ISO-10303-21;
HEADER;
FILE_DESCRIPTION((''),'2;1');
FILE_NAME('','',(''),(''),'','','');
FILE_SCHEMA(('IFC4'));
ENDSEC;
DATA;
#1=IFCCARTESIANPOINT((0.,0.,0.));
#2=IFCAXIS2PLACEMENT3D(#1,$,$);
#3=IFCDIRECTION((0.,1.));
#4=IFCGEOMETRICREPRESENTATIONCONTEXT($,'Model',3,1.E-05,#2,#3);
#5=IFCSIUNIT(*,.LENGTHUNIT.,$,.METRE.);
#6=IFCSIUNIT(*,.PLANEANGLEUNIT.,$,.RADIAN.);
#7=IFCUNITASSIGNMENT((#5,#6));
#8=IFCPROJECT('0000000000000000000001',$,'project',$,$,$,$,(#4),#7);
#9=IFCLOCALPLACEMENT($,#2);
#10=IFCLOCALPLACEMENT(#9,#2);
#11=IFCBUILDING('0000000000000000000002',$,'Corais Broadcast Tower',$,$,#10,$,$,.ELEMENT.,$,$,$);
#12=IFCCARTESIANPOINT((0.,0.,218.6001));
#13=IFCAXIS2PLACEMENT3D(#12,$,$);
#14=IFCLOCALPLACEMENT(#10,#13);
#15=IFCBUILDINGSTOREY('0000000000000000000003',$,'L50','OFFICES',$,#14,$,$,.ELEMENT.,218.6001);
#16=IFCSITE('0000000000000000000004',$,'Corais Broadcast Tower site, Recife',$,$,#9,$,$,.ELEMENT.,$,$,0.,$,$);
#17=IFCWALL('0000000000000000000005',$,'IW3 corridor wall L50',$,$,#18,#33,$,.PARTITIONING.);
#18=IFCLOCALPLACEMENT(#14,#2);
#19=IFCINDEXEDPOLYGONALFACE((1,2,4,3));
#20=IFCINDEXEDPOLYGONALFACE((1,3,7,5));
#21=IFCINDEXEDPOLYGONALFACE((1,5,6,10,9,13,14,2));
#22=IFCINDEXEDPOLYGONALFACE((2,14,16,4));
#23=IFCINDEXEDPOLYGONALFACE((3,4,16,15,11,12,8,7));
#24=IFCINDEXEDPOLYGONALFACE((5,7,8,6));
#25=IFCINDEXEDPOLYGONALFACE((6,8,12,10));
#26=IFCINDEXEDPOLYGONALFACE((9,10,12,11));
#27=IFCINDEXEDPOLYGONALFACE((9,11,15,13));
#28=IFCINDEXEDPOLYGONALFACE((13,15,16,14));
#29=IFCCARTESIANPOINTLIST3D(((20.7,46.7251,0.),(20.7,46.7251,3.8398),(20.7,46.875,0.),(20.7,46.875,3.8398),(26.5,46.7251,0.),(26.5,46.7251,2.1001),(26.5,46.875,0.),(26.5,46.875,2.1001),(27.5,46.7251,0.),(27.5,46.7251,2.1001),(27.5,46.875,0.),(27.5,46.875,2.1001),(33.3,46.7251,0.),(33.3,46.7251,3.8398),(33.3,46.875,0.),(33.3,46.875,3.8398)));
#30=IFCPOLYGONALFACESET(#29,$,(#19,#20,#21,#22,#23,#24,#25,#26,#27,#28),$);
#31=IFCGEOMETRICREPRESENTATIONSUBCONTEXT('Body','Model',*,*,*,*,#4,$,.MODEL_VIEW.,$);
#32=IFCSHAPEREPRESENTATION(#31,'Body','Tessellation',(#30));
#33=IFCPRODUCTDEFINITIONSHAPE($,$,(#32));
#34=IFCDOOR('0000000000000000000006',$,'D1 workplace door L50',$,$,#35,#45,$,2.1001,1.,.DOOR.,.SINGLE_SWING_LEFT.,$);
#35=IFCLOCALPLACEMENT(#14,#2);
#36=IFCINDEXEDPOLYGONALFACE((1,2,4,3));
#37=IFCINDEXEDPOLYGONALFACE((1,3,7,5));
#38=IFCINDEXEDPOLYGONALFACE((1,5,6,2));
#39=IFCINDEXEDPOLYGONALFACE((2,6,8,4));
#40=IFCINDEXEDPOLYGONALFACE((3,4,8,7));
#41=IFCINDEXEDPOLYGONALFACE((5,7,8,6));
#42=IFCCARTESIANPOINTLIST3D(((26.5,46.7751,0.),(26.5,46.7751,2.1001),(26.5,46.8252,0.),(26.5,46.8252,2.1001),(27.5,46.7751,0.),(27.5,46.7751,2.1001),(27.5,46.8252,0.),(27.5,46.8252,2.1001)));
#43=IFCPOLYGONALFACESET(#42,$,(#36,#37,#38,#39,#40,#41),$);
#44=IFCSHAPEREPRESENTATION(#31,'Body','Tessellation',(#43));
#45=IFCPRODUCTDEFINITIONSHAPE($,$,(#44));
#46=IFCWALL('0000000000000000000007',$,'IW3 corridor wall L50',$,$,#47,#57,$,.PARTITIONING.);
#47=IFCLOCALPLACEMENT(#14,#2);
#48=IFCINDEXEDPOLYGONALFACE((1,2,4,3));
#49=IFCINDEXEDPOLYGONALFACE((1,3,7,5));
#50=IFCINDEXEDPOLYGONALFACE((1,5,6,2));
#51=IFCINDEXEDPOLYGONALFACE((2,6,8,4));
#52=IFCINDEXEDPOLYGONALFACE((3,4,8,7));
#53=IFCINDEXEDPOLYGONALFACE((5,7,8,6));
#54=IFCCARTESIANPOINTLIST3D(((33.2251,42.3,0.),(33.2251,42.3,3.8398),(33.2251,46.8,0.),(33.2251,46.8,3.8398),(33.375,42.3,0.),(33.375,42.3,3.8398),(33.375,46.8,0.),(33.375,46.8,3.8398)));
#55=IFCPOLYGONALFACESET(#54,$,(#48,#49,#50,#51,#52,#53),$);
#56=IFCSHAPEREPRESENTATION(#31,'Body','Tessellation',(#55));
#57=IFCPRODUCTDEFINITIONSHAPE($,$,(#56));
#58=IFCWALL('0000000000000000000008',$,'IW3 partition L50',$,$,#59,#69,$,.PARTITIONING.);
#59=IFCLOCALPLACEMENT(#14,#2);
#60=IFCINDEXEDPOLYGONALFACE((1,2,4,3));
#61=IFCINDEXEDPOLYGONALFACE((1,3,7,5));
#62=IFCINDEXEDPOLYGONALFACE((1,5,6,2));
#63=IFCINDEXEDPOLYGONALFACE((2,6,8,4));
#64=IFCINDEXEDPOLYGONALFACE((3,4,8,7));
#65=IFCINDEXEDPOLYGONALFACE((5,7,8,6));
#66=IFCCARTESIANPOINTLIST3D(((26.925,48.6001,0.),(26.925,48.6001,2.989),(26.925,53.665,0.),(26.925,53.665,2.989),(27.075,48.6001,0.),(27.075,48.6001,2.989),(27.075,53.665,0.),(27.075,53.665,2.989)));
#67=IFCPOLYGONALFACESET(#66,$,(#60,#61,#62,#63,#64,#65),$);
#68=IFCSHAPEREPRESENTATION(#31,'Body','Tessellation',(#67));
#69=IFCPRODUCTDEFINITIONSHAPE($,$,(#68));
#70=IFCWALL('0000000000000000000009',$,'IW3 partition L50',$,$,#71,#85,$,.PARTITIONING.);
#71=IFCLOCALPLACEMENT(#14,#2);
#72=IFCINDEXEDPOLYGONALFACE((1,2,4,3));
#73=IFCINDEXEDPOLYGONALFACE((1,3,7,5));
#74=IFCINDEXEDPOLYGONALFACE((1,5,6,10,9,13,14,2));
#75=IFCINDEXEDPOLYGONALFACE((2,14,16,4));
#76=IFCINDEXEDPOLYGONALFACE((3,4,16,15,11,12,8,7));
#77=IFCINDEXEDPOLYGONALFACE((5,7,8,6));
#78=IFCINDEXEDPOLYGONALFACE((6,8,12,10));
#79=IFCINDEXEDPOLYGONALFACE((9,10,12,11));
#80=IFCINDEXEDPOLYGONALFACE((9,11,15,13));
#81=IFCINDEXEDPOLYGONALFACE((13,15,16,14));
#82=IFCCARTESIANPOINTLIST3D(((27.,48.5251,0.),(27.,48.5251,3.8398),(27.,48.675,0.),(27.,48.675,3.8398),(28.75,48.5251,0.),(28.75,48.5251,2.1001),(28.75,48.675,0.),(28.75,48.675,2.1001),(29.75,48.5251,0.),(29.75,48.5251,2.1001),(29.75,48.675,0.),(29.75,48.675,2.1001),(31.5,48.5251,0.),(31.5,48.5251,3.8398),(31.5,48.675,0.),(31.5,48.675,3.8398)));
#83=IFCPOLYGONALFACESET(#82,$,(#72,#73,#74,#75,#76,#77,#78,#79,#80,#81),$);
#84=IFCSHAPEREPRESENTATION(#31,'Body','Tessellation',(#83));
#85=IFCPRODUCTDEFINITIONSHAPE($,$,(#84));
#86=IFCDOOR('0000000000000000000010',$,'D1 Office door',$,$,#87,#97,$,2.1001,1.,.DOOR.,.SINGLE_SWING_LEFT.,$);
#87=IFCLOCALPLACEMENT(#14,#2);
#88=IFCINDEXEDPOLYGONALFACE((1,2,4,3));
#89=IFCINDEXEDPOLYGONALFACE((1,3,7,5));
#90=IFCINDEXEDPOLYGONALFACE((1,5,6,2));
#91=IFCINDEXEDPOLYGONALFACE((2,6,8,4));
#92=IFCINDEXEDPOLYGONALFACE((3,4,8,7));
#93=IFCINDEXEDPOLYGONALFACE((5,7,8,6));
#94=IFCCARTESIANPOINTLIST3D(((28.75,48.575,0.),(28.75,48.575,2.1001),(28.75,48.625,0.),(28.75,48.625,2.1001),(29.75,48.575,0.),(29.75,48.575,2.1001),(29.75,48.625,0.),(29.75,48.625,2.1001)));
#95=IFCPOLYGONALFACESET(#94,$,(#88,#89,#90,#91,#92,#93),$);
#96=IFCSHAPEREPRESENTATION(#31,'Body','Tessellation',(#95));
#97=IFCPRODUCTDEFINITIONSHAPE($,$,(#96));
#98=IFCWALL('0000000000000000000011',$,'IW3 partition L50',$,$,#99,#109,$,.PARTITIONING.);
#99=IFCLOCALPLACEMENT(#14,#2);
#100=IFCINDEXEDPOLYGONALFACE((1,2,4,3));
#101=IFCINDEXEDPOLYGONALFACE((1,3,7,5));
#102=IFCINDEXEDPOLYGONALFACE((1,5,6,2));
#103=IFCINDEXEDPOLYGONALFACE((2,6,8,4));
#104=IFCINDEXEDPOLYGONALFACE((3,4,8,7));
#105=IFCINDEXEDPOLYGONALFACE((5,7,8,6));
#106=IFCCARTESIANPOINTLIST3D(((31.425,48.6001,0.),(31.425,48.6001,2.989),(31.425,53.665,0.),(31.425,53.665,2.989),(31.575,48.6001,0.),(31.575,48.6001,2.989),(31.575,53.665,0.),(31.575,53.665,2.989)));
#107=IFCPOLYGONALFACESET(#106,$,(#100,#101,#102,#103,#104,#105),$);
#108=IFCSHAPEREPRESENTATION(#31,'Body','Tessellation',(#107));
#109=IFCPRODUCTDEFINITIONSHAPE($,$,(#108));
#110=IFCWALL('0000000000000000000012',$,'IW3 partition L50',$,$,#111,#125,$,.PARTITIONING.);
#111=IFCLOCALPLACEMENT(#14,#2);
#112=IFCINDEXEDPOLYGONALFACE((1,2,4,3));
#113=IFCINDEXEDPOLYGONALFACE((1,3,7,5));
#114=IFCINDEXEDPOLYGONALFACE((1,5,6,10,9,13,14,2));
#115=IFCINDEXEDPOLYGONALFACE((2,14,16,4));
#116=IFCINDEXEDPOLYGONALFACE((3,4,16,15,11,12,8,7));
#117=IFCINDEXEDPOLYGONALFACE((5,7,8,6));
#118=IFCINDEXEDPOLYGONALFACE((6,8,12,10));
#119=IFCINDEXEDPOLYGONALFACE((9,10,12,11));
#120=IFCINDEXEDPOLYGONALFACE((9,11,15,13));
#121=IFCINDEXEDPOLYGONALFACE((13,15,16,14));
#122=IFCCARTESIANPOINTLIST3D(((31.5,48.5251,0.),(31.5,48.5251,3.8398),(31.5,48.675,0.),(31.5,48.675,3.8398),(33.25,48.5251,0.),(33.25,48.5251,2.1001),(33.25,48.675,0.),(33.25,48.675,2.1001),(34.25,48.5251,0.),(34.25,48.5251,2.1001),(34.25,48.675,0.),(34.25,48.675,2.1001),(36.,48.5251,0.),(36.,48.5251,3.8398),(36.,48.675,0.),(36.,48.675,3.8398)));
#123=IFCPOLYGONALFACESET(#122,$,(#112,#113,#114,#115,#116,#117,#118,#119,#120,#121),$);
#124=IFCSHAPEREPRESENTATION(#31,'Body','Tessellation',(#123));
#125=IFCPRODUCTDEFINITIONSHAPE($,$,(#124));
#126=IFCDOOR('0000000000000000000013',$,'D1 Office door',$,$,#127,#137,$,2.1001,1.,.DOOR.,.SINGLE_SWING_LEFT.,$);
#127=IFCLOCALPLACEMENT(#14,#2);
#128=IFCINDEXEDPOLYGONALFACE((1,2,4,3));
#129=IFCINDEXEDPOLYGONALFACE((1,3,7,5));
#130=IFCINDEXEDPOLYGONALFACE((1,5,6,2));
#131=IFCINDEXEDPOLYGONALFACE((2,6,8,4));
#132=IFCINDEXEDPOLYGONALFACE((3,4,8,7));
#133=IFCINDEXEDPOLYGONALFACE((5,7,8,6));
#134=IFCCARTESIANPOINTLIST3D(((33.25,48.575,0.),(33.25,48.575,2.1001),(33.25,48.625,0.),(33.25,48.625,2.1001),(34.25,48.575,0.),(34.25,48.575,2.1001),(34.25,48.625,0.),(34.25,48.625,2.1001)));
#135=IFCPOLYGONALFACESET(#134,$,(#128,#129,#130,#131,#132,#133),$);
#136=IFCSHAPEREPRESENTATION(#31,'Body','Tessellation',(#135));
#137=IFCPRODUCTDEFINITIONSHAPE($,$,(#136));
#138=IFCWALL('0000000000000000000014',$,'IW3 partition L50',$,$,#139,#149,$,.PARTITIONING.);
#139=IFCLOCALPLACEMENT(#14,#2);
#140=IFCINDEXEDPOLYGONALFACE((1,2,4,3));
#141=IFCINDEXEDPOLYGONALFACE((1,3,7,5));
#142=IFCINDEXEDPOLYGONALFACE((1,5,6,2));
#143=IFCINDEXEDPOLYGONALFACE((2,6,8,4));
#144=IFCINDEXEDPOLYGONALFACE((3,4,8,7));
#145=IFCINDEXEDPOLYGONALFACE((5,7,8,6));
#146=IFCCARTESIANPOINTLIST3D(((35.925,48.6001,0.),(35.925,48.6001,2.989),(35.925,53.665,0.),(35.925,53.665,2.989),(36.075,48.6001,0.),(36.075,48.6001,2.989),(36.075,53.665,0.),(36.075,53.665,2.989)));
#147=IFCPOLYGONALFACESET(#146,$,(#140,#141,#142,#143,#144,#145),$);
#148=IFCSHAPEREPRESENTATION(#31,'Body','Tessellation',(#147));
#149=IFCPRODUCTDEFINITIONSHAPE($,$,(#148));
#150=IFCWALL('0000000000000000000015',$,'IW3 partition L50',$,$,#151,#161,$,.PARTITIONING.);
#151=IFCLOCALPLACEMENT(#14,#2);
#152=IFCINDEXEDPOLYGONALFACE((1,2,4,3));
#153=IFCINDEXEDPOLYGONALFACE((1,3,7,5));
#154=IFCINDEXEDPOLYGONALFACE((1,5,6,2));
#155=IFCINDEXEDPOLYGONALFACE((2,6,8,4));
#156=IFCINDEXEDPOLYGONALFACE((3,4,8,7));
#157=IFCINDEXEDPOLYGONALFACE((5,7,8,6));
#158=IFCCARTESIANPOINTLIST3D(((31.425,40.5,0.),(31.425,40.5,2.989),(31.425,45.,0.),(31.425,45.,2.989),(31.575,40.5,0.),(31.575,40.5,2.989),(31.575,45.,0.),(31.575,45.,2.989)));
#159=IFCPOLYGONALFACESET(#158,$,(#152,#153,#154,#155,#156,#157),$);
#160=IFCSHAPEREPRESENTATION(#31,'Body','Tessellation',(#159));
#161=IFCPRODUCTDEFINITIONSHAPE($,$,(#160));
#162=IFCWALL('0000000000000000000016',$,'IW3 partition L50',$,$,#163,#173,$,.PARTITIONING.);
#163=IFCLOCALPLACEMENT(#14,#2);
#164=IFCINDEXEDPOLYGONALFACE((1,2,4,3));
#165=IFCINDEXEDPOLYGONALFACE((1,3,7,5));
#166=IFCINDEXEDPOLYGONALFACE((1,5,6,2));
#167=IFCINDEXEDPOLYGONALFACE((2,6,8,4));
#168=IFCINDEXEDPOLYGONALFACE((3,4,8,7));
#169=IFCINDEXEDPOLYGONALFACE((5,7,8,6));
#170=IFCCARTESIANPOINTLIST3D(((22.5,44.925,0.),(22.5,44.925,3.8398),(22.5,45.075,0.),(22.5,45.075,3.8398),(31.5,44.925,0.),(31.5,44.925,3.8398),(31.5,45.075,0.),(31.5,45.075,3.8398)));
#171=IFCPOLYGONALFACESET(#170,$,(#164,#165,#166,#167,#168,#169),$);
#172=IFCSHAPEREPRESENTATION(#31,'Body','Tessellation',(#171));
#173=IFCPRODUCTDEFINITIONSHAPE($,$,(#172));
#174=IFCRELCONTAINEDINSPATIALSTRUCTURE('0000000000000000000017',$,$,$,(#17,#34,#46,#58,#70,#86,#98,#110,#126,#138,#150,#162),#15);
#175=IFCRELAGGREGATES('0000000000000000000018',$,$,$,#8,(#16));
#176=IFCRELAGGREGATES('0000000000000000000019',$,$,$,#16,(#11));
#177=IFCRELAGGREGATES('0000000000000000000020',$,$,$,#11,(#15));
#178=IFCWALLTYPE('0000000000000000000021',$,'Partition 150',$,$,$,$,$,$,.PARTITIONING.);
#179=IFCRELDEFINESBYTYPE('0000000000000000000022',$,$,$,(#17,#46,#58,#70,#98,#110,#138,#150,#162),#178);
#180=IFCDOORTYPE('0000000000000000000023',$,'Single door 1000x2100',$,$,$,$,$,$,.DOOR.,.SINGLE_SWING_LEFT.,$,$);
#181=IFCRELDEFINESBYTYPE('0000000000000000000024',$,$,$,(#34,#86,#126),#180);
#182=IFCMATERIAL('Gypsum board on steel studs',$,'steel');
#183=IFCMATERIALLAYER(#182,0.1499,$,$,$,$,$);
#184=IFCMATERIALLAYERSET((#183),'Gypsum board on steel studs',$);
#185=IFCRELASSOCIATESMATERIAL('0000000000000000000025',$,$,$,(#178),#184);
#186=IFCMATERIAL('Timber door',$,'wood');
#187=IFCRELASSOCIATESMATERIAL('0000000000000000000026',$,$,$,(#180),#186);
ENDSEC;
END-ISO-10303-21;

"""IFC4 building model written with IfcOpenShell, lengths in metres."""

from ifc_helpers import new_model, si_unit, direction, frame, frame_2d, origin, place, context, subcontext, project, spatial, rectangle, extrude, material, layer, layer_set, type_object, element, fill, save


model = new_model("IFC4")

# Units and contexts
model_context = context("Model", 3, precision=1e-05, world=origin(), true_north=direction((0.0, 1.0)))
body_context = subcontext(model_context, "Body", "Model", "MODEL_VIEW")
ifc_project = project(units=[si_unit("LENGTHUNIT", "METRE"), si_unit("PLANEANGLEUNIT", "RADIAN")], contexts=[model_context])

# Site, building, storey
site_placement = place(None, origin())
site = spatial("IfcSite", under=ifc_project, at=site_placement, Name="Corais Broadcast Tower site, Recife", CompositionType="ELEMENT", RefElevation=0.0)
building_placement = place(site_placement, origin())
building = spatial("IfcBuilding", under=site, at=building_placement, Name="Corais Broadcast Tower", CompositionType="ELEMENT")
storey_placement = place(building_placement, frame((0.0, 0.0, 218.6001)))
storey = spatial("IfcBuildingStorey", under=building, at=storey_placement, Name="L50", Description="OFFICES", CompositionType="ELEMENT", Elevation=218.6001)

# Wall, opening, door
ifc_material_1 = material(Name="Gypsum board on steel studs", Category="steel")
ifc_layer_1 = layer(ifc_material_1, 0.1499)
ifc_layer_set_1 = layer_set([ifc_layer_1], Name="Gypsum board on steel studs")
wall_type_1 = type_object("IfcWallType", Name="Partition 150", PredefinedType="PARTITIONING", material=ifc_layer_set_1)
wall_1_placement = place(storey_placement, frame((33.3, 46.8, 0.0), z_axis=(0.0, 0.0, 1.0), x_axis=(-1.0, 0.0, 0.0)))
wall_1 = element("IfcWall", 1, at=wall_1_placement, inside=storey, type_object=wall_type_1, Name="IW3 corridor wall L50", PredefinedType="PARTITIONING", context=body_context, shape_type="SweptSolid", body=[
    extrude(rectangle(XDim=12.6001, YDim=0.1499, at=frame_2d((6.3, 0.0))), origin(), (0.0, 0.0, 1.0), 3.8398),
])
opening_1_placement = place(wall_1_placement, frame((5.8, 0.0, 0.0)))
opening_1 = element("IfcOpeningElement", 2, at=opening_1_placement, cuts=wall_1, PredefinedType="OPENING", context=body_context, shape_type="SweptSolid", body=[
    extrude(rectangle(XDim=1.0, YDim=2.1001, at=frame_2d((0.5, 1.05))), frame((0.0, 0.085, 0.0), z_axis=(0.0, -1.0, 0.0), x_axis=(1.0, 0.0, 0.0)), (0.0, 0.0, 1.0), 0.1699),
])
ifc_material_2 = material(Name="Timber door", Category="wood")
door_type = type_object("IfcDoorType", Name="Single door 1000x2100", OperationType="SINGLE_SWING_LEFT", PredefinedType="DOOR", material=ifc_material_2)
door_1_placement = place(opening_1_placement, origin())
door_1 = element("IfcDoor", 3, at=door_1_placement, inside=storey, type_object=door_type, Name="D1 workplace door L50", OperationType="SINGLE_SWING_LEFT", OverallHeight=2.1001, OverallWidth=1.0, PredefinedType="DOOR", context=body_context, shape_type="SweptSolid", body=[
    extrude(rectangle(XDim=1.0, YDim=2.1001, at=frame_2d((0.5, 1.05))), frame((0.0, 0.0249, 0.0), z_axis=(0.0, -1.0, 0.0), x_axis=(1.0, 0.0, 0.0)), (0.0, 0.0, 1.0), 0.05),
])
fill(opening_1, door_1)

# Walls
wall_2_placement = place(storey_placement, frame((33.3, 42.3, 0.0), z_axis=(0.0, 0.0, 1.0), x_axis=(0.0, 1.0, 0.0)))
element("IfcWall", 4, at=wall_2_placement, inside=storey, type_object=wall_type_1, Name="IW3 corridor wall L50", PredefinedType="PARTITIONING", context=body_context, shape_type="SweptSolid", body=[
    extrude(rectangle(XDim=4.5, YDim=0.1499, at=frame_2d((2.25, 0.0))), origin(), (0.0, 0.0, 1.0), 3.8398),
])
wall_3_placement = place(storey_placement, frame((27.0, 48.6001, 0.0), z_axis=(0.0, 0.0, 1.0), x_axis=(0.0, 1.0, 0.0)))
element("IfcWall", 5, at=wall_3_placement, inside=storey, type_object=wall_type_1, Name="IW3 partition L50", PredefinedType="PARTITIONING", context=body_context, shape_type="SweptSolid", body=[
    extrude(rectangle(XDim=5.0649, YDim=0.1499, at=frame_2d((2.5325, 0.0))), origin(), (0.0, 0.0, 1.0), 2.989),
])

# Wall, opening, door
wall_4_placement = place(storey_placement, frame((27.0, 48.6001, 0.0), z_axis=(0.0, 0.0, 1.0), x_axis=(1.0, 0.0, 0.0)))
wall_4 = element("IfcWall", 6, at=wall_4_placement, inside=storey, type_object=wall_type_1, Name="IW3 partition L50", PredefinedType="PARTITIONING", context=body_context, shape_type="SweptSolid", body=[
    extrude(rectangle(XDim=4.5, YDim=0.1499, at=frame_2d((2.25, 0.0))), origin(), (0.0, 0.0, 1.0), 3.8398),
])
opening_2_placement = place(wall_4_placement, frame((1.75, 0.0, 0.0)))
opening_2 = element("IfcOpeningElement", 7, at=opening_2_placement, cuts=wall_4, PredefinedType="OPENING", context=body_context, shape_type="SweptSolid", body=[
    extrude(rectangle(XDim=1.0, YDim=2.1001, at=frame_2d((0.5, 1.05))), frame((0.0, 0.085, 0.0), z_axis=(0.0, -1.0, 0.0), x_axis=(1.0, 0.0, 0.0)), (0.0, 0.0, 1.0), 0.1699),
])
door_2_placement = place(opening_2_placement, origin())
door_2 = element("IfcDoor", 8, at=door_2_placement, inside=storey, type_object=door_type, Name="D1 Office door", OperationType="SINGLE_SWING_LEFT", OverallHeight=2.1001, OverallWidth=1.0, PredefinedType="DOOR", context=body_context, shape_type="SweptSolid", body=[
    extrude(rectangle(XDim=1.0, YDim=2.1001, at=frame_2d((0.5, 1.05))), frame((0.0, 0.0249, 0.0), z_axis=(0.0, -1.0, 0.0), x_axis=(1.0, 0.0, 0.0)), (0.0, 0.0, 1.0), 0.05),
])
fill(opening_2, door_2)

# Wall
wall_5_placement = place(storey_placement, frame((31.5, 48.6001, 0.0), z_axis=(0.0, 0.0, 1.0), x_axis=(0.0, 1.0, 0.0)))
element("IfcWall", 9, at=wall_5_placement, inside=storey, type_object=wall_type_1, Name="IW3 partition L50", PredefinedType="PARTITIONING", context=body_context, shape_type="SweptSolid", body=[
    extrude(rectangle(XDim=5.0649, YDim=0.1499, at=frame_2d((2.5325, 0.0))), origin(), (0.0, 0.0, 1.0), 2.989),
])

# Wall, opening, door
wall_6_placement = place(storey_placement, frame((31.5, 48.6001, 0.0), z_axis=(0.0, 0.0, 1.0), x_axis=(1.0, 0.0, 0.0)))
wall_6 = element("IfcWall", 10, at=wall_6_placement, inside=storey, type_object=wall_type_1, Name="IW3 partition L50", PredefinedType="PARTITIONING", context=body_context, shape_type="SweptSolid", body=[
    extrude(rectangle(XDim=4.5, YDim=0.1499, at=frame_2d((2.25, 0.0))), origin(), (0.0, 0.0, 1.0), 3.8398),
])
opening_3_placement = place(wall_6_placement, frame((1.75, 0.0, 0.0)))
opening_3 = element("IfcOpeningElement", 11, at=opening_3_placement, cuts=wall_6, PredefinedType="OPENING", context=body_context, shape_type="SweptSolid", body=[
    extrude(rectangle(XDim=1.0, YDim=2.1001, at=frame_2d((0.5, 1.05))), frame((0.0, 0.085, 0.0), z_axis=(0.0, -1.0, 0.0), x_axis=(1.0, 0.0, 0.0)), (0.0, 0.0, 1.0), 0.1699),
])
door_3_placement = place(opening_3_placement, origin())
door_3 = element("IfcDoor", 12, at=door_3_placement, inside=storey, type_object=door_type, Name="D1 Office door", OperationType="SINGLE_SWING_LEFT", OverallHeight=2.1001, OverallWidth=1.0, PredefinedType="DOOR", context=body_context, shape_type="SweptSolid", body=[
    extrude(rectangle(XDim=1.0, YDim=2.1001, at=frame_2d((0.5, 1.05))), frame((0.0, 0.0249, 0.0), z_axis=(0.0, -1.0, 0.0), x_axis=(1.0, 0.0, 0.0)), (0.0, 0.0, 1.0), 0.05),
])
fill(opening_3, door_3)

# Walls
wall_7_placement = place(storey_placement, frame((36.0, 48.6001, 0.0), z_axis=(0.0, 0.0, 1.0), x_axis=(0.0, 1.0, 0.0)))
element("IfcWall", 13, at=wall_7_placement, inside=storey, type_object=wall_type_1, Name="IW3 partition L50", PredefinedType="PARTITIONING", context=body_context, shape_type="SweptSolid", body=[
    extrude(rectangle(XDim=5.0649, YDim=0.1499, at=frame_2d((2.5325, 0.0))), origin(), (0.0, 0.0, 1.0), 2.989),
])
wall_8_placement = place(storey_placement, frame((31.5, 40.5, 0.0), z_axis=(0.0, 0.0, 1.0), x_axis=(0.0, 1.0, 0.0)))
element("IfcWall", 14, at=wall_8_placement, inside=storey, type_object=wall_type_1, Name="IW3 partition L50", PredefinedType="PARTITIONING", context=body_context, shape_type="SweptSolid", body=[
    extrude(rectangle(XDim=4.5, YDim=0.1499, at=frame_2d((2.25, 0.0))), origin(), (0.0, 0.0, 1.0), 2.989),
])
wall_9_placement = place(storey_placement, frame((31.5, 45.0, 0.0), z_axis=(0.0, 0.0, 1.0), x_axis=(-1.0, 0.0, 0.0)))
element("IfcWall", 15, at=wall_9_placement, inside=storey, type_object=wall_type_1, Name="IW3 partition L50", PredefinedType="PARTITIONING", context=body_context, shape_type="SweptSolid", body=[
    extrude(rectangle(XDim=9.0, YDim=0.1499, at=frame_2d((4.5, 0.0))), origin(), (0.0, 0.0, 1.0), 3.8398),
])

save(model, "model.ifc")
